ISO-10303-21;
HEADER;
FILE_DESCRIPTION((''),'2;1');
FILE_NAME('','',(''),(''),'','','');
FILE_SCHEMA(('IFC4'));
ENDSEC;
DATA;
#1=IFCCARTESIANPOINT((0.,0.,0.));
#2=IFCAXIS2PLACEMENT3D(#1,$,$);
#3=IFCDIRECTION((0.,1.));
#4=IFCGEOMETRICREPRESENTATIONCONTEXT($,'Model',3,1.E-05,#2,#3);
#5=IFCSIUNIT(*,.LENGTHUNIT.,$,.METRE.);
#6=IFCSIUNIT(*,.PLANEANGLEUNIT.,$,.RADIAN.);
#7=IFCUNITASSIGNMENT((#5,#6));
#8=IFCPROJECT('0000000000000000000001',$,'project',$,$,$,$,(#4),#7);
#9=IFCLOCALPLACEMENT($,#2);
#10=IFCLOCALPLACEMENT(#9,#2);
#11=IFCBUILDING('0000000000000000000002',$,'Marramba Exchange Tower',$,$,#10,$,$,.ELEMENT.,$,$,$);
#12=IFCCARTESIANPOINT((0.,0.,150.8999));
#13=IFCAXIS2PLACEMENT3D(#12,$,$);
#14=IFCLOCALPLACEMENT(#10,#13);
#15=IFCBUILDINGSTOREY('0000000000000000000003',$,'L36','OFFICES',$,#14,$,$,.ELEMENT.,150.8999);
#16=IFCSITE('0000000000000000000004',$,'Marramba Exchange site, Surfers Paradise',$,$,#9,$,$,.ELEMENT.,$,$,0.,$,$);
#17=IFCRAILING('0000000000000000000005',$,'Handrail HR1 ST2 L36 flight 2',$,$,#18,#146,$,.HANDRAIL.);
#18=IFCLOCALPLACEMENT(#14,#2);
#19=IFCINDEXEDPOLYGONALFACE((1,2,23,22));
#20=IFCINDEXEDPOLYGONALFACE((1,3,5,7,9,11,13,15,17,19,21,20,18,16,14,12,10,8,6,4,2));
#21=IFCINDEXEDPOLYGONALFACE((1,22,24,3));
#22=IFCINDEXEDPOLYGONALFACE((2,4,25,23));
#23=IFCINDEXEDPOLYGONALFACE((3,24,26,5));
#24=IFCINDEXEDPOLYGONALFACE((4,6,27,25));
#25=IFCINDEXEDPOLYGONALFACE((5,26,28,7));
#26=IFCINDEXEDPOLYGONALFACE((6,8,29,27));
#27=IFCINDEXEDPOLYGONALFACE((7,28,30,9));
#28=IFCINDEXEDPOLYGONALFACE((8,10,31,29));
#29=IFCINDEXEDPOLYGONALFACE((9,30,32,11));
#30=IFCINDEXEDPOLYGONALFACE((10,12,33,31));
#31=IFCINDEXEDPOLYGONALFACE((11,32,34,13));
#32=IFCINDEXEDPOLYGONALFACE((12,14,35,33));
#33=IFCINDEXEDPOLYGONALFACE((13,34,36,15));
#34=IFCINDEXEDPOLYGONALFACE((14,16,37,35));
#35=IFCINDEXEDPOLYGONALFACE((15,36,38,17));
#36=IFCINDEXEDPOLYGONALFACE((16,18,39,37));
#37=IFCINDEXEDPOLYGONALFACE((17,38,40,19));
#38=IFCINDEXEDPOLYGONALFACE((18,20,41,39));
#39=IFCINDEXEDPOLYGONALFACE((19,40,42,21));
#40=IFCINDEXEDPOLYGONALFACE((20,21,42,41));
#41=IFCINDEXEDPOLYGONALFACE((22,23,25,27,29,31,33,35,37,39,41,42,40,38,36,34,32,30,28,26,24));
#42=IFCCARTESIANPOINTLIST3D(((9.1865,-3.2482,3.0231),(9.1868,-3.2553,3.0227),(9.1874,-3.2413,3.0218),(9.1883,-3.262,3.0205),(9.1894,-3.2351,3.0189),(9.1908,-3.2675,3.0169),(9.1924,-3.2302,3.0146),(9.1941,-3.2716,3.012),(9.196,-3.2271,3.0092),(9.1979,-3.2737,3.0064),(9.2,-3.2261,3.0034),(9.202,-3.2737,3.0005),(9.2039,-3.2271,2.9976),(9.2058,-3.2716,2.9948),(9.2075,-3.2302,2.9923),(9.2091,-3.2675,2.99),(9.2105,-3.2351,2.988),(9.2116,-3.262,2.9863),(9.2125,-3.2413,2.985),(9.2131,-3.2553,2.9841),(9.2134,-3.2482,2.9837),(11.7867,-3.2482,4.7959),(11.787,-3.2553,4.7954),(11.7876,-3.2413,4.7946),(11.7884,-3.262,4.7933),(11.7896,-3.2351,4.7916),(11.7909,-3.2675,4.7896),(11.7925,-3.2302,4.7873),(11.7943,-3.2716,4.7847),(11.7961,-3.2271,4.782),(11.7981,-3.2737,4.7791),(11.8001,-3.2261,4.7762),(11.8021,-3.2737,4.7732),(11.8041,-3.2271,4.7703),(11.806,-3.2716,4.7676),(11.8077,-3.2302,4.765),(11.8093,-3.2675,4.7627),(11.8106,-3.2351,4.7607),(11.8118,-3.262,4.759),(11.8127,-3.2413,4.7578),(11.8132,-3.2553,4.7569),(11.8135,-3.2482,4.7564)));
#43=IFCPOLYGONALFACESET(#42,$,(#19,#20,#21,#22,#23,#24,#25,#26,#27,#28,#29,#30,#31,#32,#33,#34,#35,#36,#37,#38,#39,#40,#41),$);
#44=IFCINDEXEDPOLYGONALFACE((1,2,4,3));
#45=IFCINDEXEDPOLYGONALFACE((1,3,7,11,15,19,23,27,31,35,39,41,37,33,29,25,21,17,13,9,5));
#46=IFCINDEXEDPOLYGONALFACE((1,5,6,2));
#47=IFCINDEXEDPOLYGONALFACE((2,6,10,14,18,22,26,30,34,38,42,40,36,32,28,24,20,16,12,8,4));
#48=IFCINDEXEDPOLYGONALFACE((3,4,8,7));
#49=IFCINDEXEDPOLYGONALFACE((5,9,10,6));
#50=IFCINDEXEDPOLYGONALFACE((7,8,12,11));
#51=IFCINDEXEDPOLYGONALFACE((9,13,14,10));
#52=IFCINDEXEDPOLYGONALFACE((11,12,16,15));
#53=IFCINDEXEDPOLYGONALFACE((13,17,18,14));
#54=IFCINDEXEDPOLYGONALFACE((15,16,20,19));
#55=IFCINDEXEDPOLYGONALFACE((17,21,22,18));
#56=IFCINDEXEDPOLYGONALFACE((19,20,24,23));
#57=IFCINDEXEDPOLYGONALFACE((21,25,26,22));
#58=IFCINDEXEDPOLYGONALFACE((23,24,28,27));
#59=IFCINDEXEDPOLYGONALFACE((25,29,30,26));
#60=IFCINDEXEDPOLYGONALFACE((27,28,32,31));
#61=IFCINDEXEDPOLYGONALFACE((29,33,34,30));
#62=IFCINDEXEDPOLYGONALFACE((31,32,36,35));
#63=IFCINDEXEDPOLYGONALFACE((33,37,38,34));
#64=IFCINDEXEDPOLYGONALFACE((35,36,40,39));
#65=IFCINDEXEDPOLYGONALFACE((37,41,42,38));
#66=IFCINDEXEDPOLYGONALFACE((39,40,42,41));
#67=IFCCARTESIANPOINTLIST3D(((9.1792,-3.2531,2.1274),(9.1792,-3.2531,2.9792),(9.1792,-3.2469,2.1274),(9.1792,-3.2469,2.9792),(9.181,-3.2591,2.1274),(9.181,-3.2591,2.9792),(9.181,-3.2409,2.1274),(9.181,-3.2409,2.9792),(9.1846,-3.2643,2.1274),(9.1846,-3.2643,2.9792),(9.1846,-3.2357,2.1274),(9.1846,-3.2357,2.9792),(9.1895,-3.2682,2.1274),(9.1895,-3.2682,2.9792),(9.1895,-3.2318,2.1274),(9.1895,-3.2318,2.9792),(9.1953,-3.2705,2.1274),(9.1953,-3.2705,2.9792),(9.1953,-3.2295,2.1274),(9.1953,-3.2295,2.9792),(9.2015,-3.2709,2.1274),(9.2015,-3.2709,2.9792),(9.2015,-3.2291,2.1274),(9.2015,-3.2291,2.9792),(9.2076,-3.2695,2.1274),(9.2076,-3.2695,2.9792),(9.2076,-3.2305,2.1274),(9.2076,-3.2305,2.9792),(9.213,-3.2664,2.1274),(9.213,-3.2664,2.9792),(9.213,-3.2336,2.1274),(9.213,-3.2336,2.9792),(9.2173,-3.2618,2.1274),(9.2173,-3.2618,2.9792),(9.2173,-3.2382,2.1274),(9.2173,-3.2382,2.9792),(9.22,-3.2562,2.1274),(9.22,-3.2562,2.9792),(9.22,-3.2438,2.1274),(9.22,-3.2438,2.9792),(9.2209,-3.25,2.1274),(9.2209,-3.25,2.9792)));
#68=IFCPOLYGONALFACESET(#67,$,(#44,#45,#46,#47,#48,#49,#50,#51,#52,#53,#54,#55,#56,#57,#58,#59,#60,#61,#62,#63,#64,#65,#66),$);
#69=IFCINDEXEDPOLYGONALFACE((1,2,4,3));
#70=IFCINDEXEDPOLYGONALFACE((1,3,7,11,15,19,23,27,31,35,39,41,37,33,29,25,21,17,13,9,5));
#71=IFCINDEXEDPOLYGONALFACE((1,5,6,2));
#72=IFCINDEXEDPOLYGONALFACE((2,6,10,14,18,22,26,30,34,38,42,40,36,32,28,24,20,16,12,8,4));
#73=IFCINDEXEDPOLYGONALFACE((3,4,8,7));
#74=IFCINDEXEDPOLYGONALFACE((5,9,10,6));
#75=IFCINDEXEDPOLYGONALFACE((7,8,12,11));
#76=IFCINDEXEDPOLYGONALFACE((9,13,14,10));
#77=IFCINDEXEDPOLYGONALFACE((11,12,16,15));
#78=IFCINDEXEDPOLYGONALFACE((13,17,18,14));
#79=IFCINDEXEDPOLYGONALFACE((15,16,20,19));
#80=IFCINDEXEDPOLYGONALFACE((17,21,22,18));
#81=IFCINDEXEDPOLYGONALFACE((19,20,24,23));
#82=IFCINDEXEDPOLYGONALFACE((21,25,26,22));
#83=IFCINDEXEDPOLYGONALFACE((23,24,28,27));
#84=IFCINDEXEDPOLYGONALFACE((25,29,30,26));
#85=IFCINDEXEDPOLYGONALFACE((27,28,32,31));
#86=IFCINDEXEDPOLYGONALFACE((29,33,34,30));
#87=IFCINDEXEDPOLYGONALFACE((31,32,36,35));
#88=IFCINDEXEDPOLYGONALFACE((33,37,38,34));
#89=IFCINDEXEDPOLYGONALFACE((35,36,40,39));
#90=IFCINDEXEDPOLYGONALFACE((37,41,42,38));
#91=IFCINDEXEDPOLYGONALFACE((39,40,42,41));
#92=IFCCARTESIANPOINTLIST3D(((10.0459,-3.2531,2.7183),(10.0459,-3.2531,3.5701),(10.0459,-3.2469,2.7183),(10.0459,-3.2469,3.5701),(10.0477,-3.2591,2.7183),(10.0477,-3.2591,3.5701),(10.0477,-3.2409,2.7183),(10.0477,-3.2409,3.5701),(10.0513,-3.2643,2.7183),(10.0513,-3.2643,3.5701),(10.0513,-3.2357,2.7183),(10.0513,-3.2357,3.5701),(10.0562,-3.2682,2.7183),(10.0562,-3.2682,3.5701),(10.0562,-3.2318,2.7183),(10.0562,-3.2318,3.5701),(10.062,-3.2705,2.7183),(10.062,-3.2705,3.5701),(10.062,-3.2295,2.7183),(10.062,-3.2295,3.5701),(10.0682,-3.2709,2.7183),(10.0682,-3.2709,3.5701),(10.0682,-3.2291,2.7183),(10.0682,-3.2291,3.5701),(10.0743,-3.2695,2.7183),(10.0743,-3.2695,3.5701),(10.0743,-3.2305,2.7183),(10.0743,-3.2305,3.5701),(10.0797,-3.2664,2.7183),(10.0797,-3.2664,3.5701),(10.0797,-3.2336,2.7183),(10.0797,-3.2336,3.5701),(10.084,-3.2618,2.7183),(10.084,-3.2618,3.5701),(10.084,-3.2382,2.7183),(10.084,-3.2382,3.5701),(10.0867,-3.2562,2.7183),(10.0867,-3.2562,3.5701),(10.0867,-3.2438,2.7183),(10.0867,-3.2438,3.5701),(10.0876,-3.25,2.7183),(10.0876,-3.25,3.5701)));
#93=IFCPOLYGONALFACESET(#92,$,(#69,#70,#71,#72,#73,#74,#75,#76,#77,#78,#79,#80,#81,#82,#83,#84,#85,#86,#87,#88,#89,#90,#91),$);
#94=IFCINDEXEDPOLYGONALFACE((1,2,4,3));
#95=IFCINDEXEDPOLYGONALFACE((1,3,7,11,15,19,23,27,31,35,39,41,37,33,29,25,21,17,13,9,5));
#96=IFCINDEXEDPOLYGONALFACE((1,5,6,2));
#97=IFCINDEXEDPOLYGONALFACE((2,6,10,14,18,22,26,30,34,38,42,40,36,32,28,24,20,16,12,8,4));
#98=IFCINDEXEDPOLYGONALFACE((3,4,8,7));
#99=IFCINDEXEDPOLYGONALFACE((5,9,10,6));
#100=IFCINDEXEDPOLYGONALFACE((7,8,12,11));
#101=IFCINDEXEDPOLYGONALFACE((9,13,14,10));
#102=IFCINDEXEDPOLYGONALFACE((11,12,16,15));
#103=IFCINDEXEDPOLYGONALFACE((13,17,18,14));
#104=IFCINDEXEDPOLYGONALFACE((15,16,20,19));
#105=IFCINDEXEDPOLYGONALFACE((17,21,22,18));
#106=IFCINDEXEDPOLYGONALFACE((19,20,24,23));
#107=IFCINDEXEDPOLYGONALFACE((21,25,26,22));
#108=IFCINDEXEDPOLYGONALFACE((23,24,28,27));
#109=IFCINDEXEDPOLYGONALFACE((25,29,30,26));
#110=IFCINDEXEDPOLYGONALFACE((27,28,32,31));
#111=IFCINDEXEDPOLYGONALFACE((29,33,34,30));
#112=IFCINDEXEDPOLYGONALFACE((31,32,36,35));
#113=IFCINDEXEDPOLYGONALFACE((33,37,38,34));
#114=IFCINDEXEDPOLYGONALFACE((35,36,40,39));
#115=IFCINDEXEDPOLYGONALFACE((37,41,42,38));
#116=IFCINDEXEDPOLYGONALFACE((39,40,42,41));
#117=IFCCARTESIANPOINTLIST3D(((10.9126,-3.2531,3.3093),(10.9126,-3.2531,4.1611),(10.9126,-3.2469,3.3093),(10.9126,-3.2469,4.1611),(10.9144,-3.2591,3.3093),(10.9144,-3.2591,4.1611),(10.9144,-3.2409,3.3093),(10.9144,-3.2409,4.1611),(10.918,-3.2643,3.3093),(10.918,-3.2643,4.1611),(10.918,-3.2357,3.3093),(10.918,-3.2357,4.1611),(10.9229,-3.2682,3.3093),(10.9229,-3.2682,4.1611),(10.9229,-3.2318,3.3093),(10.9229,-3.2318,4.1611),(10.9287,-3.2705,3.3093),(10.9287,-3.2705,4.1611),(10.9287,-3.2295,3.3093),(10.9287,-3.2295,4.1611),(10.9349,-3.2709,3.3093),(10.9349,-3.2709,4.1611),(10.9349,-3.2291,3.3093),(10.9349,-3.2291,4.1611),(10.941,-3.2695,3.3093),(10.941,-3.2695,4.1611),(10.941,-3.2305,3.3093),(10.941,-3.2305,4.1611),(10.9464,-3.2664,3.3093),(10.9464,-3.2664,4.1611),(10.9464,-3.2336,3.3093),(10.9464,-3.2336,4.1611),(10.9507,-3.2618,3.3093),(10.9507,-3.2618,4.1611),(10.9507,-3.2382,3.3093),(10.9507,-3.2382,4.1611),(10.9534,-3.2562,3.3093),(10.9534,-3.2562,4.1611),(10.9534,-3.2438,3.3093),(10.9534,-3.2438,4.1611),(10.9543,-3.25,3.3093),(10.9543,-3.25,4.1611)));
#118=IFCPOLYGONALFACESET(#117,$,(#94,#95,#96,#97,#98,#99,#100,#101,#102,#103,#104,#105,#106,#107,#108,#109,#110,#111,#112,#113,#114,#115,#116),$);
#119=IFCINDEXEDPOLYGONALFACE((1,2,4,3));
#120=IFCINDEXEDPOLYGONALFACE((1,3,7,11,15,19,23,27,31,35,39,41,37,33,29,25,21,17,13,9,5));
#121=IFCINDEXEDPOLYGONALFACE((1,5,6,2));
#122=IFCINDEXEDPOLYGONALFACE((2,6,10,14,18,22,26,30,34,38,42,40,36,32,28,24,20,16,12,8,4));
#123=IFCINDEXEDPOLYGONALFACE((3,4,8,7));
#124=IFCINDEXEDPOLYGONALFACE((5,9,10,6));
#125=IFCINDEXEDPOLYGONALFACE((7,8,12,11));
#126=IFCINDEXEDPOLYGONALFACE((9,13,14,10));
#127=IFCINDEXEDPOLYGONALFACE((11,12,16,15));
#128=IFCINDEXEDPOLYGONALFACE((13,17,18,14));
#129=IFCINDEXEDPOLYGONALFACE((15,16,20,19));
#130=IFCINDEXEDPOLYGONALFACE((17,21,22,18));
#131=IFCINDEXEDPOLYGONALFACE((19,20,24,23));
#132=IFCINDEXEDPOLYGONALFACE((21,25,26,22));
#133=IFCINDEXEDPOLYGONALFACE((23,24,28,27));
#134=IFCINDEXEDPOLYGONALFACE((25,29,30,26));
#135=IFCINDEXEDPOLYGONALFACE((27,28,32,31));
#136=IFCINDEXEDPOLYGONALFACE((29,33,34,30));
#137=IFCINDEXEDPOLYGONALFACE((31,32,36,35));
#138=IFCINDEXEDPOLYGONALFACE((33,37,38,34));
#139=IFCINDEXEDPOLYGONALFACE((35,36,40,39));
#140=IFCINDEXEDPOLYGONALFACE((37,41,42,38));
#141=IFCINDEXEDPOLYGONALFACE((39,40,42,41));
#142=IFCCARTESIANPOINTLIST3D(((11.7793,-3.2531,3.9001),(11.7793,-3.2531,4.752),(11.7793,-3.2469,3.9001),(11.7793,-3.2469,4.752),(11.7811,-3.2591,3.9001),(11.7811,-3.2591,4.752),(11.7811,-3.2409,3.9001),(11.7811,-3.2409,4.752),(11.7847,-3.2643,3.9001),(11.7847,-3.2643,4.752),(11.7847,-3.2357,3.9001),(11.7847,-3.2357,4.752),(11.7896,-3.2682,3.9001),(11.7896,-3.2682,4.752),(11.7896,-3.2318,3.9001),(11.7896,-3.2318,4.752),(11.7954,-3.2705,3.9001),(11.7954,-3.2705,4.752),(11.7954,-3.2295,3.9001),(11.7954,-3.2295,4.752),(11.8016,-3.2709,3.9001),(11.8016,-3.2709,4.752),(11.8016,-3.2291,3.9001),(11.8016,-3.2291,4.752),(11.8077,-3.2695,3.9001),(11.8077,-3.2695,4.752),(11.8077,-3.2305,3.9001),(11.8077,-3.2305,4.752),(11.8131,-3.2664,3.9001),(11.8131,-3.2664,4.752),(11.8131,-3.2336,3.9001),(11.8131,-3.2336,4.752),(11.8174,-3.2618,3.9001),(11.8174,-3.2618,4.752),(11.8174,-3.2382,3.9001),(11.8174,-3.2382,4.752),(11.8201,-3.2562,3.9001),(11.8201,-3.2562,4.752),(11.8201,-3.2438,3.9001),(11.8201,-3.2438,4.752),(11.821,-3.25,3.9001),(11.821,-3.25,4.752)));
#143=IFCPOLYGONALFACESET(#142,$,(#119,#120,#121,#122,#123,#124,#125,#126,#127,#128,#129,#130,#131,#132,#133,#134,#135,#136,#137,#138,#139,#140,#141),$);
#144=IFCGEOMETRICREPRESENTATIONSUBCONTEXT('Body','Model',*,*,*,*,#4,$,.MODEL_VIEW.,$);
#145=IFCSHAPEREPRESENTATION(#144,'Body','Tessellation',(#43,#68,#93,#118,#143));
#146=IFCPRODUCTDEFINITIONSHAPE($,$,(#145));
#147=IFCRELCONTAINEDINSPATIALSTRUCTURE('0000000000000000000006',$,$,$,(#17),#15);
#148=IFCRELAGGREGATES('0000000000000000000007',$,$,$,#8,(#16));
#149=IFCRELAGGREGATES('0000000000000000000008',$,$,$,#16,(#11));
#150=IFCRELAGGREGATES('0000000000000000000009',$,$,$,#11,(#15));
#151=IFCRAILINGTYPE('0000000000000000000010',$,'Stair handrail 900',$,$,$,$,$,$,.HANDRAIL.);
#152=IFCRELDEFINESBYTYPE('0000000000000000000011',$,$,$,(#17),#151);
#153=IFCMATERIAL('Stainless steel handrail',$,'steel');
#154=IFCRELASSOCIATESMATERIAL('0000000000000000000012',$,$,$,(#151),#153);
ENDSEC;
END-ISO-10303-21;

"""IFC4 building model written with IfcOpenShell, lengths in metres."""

from ifc_helpers import new_model, si_unit, direction, frame, origin, origin_2d, place, context, subcontext, project, spatial, circle, extrude, material, type_object, element, save


model = new_model("IFC4")

# Units and contexts
model_context = context("Model", 3, precision=1e-05, world=origin(), true_north=direction((0.0, 1.0)))
body_context = subcontext(model_context, "Body", "Model", "MODEL_VIEW")
ifc_project = project(units=[si_unit("LENGTHUNIT", "METRE"), si_unit("PLANEANGLEUNIT", "RADIAN")], contexts=[model_context])

# Site, building, storey
site_placement = place(None, origin())
site = spatial("IfcSite", under=ifc_project, at=site_placement, Name="Marramba Exchange site, Surfers Paradise", CompositionType="ELEMENT", RefElevation=0.0)
building_placement = place(site_placement, origin())
building = spatial("IfcBuilding", under=site, at=building_placement, Name="Marramba Exchange Tower", CompositionType="ELEMENT")
storey_placement = place(building_placement, frame((0.0, 0.0, 150.8999)))
storey = spatial("IfcBuildingStorey", under=building, at=storey_placement, Name="L36", Description="OFFICES", CompositionType="ELEMENT", Elevation=150.8999)

# Railing
ifc_material_1 = material(Name="Stainless steel handrail", Category="steel")
railing_type = type_object("IfcRailingType", Name="Stair handrail 900", PredefinedType="HANDRAIL", material=ifc_material_1)
railing_placement = place(storey_placement, frame((9.2, -3.25, 2.1274)))
element("IfcRailing", 1, at=railing_placement, inside=storey, type_object=railing_type, Name="Handrail HR1 ST2 L36 flight 2", PredefinedType="HANDRAIL", context=body_context, shape_type="SweptSolid", body=[
    extrude(circle(Radius=0.0239, at=origin_2d()), frame((0.0, 0.0, 0.876), z_axis=(0.82624, 0.0, 0.563318), x_axis=(0.0, 1.0, 0.0)), (0.0, 0.0, 1.0), 3.147),
    extrude(circle(Radius=0.021, at=origin_2d()), origin(), (0.0, 0.0, 1.0), 0.8518),
    extrude(circle(Radius=0.021, at=origin_2d()), frame((0.8667, 0.0, 0.5908)), (0.0, 0.0, 1.0), 0.8518),
    extrude(circle(Radius=0.021, at=origin_2d()), frame((1.7334, 0.0, 1.1819)), (0.0, 0.0, 1.0), 0.8518),
    extrude(circle(Radius=0.021, at=origin_2d()), frame((2.6001, 0.0, 1.7727)), (0.0, 0.0, 1.0), 0.8518),
])

save(model, "model.ifc")
